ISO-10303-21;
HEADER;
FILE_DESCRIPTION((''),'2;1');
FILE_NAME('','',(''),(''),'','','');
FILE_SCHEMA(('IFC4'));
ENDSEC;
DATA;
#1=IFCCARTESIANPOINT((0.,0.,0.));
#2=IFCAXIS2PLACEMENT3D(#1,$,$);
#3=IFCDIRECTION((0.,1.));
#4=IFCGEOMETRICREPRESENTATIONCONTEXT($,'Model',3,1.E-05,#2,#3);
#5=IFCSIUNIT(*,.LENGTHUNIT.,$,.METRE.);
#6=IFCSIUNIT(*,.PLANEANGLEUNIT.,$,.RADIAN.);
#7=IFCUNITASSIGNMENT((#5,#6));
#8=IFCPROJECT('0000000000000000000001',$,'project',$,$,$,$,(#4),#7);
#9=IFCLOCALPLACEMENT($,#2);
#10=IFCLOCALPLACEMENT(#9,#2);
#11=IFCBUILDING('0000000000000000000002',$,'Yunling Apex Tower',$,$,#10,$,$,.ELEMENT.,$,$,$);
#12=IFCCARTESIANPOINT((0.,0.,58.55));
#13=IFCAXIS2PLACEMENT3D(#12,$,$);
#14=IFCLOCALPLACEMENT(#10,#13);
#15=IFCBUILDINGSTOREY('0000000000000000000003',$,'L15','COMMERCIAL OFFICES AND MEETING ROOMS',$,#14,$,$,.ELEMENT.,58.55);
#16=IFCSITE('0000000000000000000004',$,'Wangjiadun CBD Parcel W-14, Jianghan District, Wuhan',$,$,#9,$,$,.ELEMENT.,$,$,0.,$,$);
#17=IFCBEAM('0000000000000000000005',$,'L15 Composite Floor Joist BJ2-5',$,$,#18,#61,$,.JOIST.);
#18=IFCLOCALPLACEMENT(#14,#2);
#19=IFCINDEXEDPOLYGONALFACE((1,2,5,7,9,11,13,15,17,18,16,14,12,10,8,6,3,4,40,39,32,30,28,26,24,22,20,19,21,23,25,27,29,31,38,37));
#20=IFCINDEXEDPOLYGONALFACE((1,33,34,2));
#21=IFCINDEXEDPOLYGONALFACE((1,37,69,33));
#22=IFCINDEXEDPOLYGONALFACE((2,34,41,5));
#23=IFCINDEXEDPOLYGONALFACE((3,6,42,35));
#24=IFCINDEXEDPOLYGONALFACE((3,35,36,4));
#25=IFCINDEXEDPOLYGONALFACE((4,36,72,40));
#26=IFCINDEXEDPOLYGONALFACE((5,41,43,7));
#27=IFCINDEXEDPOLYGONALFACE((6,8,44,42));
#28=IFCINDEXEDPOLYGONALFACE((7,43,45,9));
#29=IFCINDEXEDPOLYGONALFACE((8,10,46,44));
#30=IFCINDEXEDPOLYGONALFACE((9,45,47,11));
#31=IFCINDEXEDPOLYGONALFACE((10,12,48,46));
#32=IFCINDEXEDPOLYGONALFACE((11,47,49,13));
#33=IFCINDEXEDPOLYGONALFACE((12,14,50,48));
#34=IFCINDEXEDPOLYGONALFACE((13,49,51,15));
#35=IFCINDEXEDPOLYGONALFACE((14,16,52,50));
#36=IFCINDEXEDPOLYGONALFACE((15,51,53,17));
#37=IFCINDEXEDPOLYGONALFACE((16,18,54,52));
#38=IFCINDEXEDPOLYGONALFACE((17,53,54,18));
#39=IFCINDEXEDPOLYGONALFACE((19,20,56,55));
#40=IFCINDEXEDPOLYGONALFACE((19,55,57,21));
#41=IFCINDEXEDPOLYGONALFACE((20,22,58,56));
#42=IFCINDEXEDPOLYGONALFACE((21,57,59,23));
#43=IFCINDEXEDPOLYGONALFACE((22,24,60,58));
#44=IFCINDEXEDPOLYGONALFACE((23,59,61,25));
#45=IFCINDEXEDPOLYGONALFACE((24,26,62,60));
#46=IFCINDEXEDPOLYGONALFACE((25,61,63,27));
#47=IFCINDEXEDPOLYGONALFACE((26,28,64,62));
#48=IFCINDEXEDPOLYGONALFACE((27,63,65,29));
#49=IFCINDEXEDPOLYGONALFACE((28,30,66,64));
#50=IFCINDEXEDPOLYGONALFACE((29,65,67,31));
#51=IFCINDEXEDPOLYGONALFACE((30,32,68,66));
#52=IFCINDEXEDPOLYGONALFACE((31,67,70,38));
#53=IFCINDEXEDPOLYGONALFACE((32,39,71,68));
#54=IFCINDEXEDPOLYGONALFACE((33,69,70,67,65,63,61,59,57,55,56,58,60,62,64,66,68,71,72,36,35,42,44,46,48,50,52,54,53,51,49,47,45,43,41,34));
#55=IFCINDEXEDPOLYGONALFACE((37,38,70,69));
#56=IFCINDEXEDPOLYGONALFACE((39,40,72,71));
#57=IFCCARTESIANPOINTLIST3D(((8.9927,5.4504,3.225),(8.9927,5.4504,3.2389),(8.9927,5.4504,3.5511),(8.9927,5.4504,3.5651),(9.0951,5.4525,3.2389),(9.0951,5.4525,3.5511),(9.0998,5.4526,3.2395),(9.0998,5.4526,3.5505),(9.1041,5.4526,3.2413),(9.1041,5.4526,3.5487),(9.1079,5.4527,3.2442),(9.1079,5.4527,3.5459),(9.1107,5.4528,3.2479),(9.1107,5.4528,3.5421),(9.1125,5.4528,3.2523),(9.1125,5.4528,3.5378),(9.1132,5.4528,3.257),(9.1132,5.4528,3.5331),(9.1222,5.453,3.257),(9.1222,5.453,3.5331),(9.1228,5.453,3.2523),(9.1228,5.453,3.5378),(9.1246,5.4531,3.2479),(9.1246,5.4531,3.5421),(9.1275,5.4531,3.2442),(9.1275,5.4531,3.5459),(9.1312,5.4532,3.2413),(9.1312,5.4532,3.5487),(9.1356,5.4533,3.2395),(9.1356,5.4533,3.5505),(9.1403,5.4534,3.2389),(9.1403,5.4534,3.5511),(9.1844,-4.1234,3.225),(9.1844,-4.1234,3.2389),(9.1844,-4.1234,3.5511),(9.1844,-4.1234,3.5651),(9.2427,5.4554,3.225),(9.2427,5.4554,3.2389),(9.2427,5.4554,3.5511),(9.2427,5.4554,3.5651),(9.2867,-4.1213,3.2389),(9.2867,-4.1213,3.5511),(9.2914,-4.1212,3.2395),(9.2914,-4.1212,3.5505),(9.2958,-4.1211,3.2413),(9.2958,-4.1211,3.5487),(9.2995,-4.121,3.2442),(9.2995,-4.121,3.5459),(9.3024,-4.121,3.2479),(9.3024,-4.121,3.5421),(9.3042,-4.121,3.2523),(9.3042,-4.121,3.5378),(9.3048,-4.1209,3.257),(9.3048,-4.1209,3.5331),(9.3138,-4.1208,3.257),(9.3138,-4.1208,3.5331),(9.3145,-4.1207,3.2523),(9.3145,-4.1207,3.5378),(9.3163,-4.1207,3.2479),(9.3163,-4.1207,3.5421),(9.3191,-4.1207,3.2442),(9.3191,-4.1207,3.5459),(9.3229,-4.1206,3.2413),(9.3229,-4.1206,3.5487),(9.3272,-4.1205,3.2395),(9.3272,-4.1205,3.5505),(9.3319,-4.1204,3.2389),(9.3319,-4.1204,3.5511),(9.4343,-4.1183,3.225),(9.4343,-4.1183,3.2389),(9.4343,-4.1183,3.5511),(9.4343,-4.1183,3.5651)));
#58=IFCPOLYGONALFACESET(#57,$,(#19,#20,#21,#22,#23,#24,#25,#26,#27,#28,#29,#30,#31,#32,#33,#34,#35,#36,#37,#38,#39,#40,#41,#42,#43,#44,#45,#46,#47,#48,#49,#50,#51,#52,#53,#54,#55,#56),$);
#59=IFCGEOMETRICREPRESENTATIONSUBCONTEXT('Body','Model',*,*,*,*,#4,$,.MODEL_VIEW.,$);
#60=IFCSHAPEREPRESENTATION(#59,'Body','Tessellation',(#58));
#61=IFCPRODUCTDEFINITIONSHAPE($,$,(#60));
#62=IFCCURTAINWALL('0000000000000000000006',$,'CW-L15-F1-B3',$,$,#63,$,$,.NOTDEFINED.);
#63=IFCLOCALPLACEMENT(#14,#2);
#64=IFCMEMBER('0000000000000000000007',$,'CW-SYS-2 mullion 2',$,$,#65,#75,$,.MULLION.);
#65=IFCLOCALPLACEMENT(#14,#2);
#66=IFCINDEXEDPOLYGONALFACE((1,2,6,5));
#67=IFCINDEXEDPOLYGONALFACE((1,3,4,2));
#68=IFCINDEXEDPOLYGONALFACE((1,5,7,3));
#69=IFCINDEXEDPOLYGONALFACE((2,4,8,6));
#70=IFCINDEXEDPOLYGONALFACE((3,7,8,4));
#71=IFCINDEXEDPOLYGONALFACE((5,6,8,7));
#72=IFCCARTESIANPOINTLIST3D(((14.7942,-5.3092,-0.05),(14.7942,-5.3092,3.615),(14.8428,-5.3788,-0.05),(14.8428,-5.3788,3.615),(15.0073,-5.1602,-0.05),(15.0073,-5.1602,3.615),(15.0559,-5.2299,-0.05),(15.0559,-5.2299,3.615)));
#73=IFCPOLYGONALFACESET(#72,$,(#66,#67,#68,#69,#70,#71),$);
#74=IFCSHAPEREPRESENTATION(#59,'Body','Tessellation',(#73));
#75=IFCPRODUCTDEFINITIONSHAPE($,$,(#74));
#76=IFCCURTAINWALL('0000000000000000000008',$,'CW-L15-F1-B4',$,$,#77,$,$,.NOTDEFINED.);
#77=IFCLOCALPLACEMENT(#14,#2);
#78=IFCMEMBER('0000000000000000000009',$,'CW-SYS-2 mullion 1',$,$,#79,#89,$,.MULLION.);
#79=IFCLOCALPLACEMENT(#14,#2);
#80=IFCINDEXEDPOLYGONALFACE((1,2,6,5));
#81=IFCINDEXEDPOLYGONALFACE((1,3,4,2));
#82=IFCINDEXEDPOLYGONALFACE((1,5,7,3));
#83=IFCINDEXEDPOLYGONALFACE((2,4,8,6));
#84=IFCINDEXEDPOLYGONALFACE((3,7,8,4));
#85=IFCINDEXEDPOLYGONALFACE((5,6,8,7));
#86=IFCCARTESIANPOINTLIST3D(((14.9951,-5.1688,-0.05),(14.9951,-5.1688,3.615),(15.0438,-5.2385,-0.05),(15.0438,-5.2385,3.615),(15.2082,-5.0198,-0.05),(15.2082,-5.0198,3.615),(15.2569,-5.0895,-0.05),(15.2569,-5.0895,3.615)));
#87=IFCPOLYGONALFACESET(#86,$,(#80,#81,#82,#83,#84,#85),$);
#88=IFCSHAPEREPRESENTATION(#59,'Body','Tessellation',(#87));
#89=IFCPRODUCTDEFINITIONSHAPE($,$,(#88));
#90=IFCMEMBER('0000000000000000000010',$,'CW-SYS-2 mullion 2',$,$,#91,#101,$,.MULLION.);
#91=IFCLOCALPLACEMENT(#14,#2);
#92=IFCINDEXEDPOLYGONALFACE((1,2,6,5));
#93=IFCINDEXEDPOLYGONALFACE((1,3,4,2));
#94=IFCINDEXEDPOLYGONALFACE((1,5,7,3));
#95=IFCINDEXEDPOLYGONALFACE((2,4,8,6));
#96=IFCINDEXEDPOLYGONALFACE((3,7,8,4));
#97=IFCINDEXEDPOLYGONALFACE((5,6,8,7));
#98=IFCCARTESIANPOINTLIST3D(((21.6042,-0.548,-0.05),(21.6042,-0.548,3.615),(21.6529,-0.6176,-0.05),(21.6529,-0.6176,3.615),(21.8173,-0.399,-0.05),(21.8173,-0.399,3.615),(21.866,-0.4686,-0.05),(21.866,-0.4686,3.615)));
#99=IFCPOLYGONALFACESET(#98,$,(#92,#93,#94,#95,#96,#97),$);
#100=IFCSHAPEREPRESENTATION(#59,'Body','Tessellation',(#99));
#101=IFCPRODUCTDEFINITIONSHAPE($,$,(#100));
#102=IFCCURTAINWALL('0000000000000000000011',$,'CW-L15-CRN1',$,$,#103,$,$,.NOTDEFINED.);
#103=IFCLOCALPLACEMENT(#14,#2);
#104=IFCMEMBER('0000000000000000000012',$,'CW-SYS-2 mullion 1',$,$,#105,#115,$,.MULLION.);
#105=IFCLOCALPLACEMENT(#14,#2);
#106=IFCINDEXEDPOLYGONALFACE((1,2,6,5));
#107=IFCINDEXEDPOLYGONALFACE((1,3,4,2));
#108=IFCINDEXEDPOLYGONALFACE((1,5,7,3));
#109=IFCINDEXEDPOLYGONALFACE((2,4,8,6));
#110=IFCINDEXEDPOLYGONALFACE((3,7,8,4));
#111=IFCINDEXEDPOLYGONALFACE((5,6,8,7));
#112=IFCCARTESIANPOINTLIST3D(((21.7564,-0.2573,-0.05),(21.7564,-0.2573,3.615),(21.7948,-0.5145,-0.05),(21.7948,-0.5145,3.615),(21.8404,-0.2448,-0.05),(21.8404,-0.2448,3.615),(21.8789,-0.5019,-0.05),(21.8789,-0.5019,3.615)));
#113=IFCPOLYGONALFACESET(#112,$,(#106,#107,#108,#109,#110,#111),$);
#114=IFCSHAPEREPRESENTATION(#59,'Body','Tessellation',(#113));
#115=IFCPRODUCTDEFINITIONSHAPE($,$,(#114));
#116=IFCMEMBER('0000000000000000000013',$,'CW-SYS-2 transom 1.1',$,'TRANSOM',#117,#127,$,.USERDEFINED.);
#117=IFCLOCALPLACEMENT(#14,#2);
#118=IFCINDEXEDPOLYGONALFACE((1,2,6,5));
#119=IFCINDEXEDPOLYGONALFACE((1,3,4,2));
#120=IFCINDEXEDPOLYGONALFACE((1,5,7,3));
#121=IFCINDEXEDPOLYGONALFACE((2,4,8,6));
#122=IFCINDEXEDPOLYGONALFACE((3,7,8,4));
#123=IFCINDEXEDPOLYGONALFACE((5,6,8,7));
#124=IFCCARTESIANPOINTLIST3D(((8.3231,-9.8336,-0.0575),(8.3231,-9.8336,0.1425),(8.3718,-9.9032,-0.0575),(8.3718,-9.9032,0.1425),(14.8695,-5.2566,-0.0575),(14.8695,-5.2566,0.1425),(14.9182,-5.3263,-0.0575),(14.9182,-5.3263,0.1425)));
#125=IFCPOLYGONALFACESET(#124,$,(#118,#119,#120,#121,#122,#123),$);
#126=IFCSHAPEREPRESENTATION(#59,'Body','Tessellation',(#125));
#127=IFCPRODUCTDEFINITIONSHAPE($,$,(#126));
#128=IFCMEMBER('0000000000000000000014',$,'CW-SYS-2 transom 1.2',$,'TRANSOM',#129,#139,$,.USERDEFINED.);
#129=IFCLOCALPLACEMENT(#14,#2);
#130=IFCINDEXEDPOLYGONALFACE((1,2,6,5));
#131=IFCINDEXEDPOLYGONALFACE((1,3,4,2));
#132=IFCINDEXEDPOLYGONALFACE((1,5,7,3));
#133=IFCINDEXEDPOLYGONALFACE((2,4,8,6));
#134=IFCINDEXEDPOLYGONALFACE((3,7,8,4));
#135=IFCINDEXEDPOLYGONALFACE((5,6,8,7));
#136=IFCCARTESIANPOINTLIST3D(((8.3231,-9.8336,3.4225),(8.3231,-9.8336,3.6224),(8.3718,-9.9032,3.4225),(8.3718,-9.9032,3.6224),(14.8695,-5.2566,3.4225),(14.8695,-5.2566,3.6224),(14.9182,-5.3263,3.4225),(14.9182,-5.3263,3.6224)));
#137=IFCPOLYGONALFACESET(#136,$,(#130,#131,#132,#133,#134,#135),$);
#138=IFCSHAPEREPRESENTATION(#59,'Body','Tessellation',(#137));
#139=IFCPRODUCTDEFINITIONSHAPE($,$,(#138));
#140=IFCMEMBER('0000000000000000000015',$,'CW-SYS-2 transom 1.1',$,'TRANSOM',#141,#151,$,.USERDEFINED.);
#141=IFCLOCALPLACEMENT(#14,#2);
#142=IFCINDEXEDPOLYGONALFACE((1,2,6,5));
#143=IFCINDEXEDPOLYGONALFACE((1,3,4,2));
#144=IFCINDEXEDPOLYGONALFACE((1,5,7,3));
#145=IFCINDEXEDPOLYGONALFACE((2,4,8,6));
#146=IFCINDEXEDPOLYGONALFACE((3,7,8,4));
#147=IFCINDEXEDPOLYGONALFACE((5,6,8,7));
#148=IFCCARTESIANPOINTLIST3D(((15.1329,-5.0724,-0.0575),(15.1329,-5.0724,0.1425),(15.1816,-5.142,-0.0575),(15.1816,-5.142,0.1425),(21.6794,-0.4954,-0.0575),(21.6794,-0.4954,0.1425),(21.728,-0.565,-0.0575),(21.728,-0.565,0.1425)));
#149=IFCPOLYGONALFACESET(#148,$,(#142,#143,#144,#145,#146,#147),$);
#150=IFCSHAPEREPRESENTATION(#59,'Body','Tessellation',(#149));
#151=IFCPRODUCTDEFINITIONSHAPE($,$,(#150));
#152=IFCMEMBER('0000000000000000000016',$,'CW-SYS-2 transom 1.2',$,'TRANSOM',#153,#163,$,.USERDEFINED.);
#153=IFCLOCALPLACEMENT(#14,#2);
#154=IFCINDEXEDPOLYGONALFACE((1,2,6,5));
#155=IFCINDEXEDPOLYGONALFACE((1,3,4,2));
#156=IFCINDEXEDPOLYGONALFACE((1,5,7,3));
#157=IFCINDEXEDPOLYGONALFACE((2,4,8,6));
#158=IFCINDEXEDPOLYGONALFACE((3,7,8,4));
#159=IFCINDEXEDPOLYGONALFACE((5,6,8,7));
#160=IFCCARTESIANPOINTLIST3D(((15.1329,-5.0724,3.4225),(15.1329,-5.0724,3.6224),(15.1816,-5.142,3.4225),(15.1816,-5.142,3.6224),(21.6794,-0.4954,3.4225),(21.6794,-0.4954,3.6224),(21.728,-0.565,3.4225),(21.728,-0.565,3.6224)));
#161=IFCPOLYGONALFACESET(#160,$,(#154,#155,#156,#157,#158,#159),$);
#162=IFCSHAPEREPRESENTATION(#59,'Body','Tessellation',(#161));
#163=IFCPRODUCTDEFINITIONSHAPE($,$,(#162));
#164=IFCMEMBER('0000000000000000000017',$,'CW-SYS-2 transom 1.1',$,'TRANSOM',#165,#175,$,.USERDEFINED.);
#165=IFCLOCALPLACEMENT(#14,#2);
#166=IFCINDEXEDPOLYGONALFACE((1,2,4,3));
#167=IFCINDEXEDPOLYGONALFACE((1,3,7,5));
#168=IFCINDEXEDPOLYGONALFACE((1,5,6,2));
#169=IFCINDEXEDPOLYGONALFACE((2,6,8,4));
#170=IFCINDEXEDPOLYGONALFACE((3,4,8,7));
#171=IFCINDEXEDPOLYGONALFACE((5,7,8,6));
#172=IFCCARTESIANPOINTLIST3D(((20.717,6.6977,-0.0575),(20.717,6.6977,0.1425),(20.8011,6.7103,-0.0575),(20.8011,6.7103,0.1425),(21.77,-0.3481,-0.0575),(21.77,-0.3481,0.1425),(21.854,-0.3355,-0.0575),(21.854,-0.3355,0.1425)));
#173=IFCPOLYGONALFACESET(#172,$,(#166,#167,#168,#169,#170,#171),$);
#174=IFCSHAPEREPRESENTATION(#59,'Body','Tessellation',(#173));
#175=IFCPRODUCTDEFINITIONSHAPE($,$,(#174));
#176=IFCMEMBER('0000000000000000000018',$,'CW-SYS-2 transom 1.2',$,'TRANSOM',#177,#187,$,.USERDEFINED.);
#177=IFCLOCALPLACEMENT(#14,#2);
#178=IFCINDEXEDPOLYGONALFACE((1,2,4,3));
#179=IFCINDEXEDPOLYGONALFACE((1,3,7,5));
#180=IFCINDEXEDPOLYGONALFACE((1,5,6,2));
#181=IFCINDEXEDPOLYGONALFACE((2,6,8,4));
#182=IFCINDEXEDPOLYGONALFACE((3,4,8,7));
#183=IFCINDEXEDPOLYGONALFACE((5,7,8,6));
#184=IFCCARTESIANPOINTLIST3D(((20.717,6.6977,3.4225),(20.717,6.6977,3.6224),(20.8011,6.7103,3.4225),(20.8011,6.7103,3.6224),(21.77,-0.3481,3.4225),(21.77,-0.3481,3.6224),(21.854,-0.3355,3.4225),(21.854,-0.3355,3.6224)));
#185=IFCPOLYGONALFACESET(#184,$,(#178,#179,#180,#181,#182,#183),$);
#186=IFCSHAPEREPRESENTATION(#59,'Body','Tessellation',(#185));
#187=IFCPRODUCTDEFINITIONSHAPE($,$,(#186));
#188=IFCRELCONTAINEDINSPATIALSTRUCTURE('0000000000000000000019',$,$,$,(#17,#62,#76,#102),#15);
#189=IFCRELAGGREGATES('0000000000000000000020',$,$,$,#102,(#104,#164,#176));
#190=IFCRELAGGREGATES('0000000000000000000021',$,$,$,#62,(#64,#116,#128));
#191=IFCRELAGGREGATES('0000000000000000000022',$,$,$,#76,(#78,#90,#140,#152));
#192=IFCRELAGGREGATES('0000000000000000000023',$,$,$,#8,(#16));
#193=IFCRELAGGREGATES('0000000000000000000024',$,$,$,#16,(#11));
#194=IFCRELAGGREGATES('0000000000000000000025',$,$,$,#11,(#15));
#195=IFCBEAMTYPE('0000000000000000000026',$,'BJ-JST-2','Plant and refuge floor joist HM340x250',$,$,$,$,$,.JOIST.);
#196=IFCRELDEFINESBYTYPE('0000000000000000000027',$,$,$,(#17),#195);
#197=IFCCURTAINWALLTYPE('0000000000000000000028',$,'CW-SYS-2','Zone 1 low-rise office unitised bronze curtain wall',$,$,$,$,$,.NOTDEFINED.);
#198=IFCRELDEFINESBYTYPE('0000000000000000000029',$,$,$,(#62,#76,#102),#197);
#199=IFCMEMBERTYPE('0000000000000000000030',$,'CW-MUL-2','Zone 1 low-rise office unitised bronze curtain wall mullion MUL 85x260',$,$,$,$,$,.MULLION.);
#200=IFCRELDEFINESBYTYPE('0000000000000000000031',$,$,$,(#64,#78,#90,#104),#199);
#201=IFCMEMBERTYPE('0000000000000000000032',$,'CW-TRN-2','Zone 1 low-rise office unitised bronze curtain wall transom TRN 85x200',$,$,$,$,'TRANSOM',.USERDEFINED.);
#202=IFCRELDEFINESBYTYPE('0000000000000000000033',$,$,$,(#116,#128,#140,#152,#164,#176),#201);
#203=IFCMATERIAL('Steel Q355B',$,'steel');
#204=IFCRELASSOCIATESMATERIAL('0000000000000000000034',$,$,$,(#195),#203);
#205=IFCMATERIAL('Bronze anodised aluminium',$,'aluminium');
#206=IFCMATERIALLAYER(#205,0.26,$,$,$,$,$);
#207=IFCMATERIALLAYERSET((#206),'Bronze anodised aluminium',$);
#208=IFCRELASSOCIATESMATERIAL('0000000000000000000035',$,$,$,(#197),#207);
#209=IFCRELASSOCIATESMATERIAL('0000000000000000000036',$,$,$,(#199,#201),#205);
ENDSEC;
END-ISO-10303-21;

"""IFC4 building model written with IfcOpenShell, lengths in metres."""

from ifc_helpers import new_model, si_unit, direction, frame, origin, origin_2d, place, context, subcontext, project, spatial, rectangle, i_section, extrude, source, transform, mapped, material, layer, layer_set, material_profile, profile_set, type_object, element, aggregate, save


model = new_model("IFC4")

# Units and contexts
model_context = context("Model", 3, precision=1e-05, world=origin(), true_north=direction((0.0, 1.0)))
body_context = subcontext(model_context, "Body", "Model", "MODEL_VIEW")
ifc_project = project(units=[si_unit("LENGTHUNIT", "METRE"), si_unit("PLANEANGLEUNIT", "RADIAN")], contexts=[model_context])

# Site, building, storey
site_placement = place(None, origin())
site = spatial("IfcSite", under=ifc_project, at=site_placement, Name="Wangjiadun CBD Parcel W-14, Jianghan District, Wuhan", CompositionType="ELEMENT", RefElevation=0.0)
building_placement = place(site_placement, origin())
building = spatial("IfcBuilding", under=site, at=building_placement, Name="Yunling Apex Tower", CompositionType="ELEMENT")
storey_placement = place(building_placement, frame((0.0, 0.0, 58.55)))
storey = spatial("IfcBuildingStorey", under=building, at=storey_placement, Name="L15", Description="COMMERCIAL OFFICES AND MEETING ROOMS", CompositionType="ELEMENT", Elevation=58.55)

# Beam
ifc_material_1 = material(Name="Steel Q355B", Category="steel")
ifc_material_profile_1 = material_profile(ifc_material_1, i_section(OverallWidth=0.25, OverallDepth=0.3401, WebThickness=0.009, FlangeThickness=0.0139, FilletRadius=0.0181, at=origin_2d()))
ifc_profile_set_1 = profile_set([ifc_material_profile_1], Name="Steel Q355B")
beam_type_1 = type_object("IfcBeamType", Name="BJ-JST-2", Description="Plant and refuge floor joist HM340x250", PredefinedType="JOIST", material=ifc_profile_set_1)
shared_shape_1 = source(origin(), body_context, "Body", "SweptSolid", [
    extrude(i_section(OverallWidth=0.25, OverallDepth=0.3401, WebThickness=0.009, FlangeThickness=0.0139, FilletRadius=0.0181, at=origin_2d()), origin(), (0.0, 0.0, 1.0), 9.5757),
])
beam_1_placement = place(storey_placement, frame((9.3093, -4.1208, 3.395), z_axis=(-0.020014, 0.9998, 0.0), x_axis=(-0.9998, -0.020014, 0.0)))
element("IfcBeam", 1, at=beam_1_placement, inside=storey, type_object=beam_type_1, Name="L15 Composite Floor Joist BJ2-5", PredefinedType="JOIST", context=body_context, shape_type="MappedRepresentation", body=[
    mapped(shared_shape_1, transform((0.0, 0.0, 0.0), scale=1.0)),
])

# Curtain wall, member
ifc_material_2 = material(Name="Bronze anodised aluminium", Category="aluminium")
ifc_layer_1 = layer(ifc_material_2, 0.26)
ifc_layer_set_1 = layer_set([ifc_layer_1], Name="Bronze anodised aluminium")
curtain_wall_type = type_object("IfcCurtainWallType", Name="CW-SYS-2", Description="Zone 1 low-rise office unitised bronze curtain wall", PredefinedType="NOTDEFINED", material=ifc_layer_set_1)
curtain_wall_1_placement = place(storey_placement, origin())
curtain_wall_1 = element("IfcCurtainWall", 2, at=curtain_wall_1_placement, inside=storey, type_object=curtain_wall_type, Name="CW-L15-F1-B3", PredefinedType="NOTDEFINED")
ifc_material_profile_2 = material_profile(ifc_material_2, rectangle(XDim=0.085, YDim=0.26, at=origin_2d()))
ifc_profile_set_2 = profile_set([ifc_material_profile_2], Name="Bronze anodised aluminium")
member_type_1 = type_object("IfcMemberType", Name="CW-MUL-2", Description="Zone 1 low-rise office unitised bronze curtain wall mullion MUL 85x260", PredefinedType="MULLION", material=ifc_profile_set_2)
shared_shape_2 = source(origin(), body_context, "Body", "SweptSolid", [
    extrude(rectangle(XDim=0.085, YDim=0.26, at=origin_2d()), origin(), (0.0, 0.0, 1.0), 3.665),
])
member_1_placement = place(storey_placement, frame((14.925, -5.2695, -0.05), z_axis=(0.0, 0.0, 1.0), x_axis=(-0.572996, 0.819558, 0.0)))
member_1 = element("IfcMember", 3, at=member_1_placement, type_object=member_type_1, Name="CW-SYS-2 mullion 2", PredefinedType="MULLION", context=body_context, shape_type="MappedRepresentation", body=[
    mapped(shared_shape_2, transform((0.0, 0.0, 0.0), scale=1.0)),
])

# Curtain wall, members
curtain_wall_2_placement = place(storey_placement, origin())
curtain_wall_2 = element("IfcCurtainWall", 4, at=curtain_wall_2_placement, inside=storey, type_object=curtain_wall_type, Name="CW-L15-F1-B4", PredefinedType="NOTDEFINED")
member_2_placement = place(storey_placement, frame((15.126, -5.1292, -0.05), z_axis=(0.0, 0.0, 1.0), x_axis=(-0.573004, 0.819552, 0.0)))
member_2 = element("IfcMember", 5, at=member_2_placement, type_object=member_type_1, Name="CW-SYS-2 mullion 1", PredefinedType="MULLION", context=body_context, shape_type="MappedRepresentation", body=[
    mapped(shared_shape_2, transform((0.0, 0.0, 0.0), scale=1.0)),
])
member_3_placement = place(storey_placement, frame((21.7351, -0.5083, -0.05), z_axis=(0.0, 0.0, 1.0), x_axis=(-0.573004, 0.819552, 0.0)))
member_3 = element("IfcMember", 6, at=member_3_placement, type_object=member_type_1, Name="CW-SYS-2 mullion 2", PredefinedType="MULLION", context=body_context, shape_type="MappedRepresentation", body=[
    mapped(shared_shape_2, transform((0.0, 0.0, 0.0), scale=1.0)),
])

# Curtain wall, member
curtain_wall_3_placement = place(storey_placement, origin())
curtain_wall_3 = element("IfcCurtainWall", 7, at=curtain_wall_3_placement, inside=storey, type_object=curtain_wall_type, Name="CW-L15-CRN1", PredefinedType="NOTDEFINED")
member_4_placement = place(storey_placement, frame((21.8176, -0.3796, -0.05), z_axis=(0.0, 0.0, 1.0), x_axis=(-0.989018, -0.147798, 0.0)))
member_4 = element("IfcMember", 8, at=member_4_placement, type_object=member_type_1, Name="CW-SYS-2 mullion 1", PredefinedType="MULLION", context=body_context, shape_type="MappedRepresentation", body=[
    mapped(shared_shape_2, transform((0.0, 0.0, 0.0), scale=1.0)),
])

# Members
ifc_material_profile_3 = material_profile(ifc_material_2, rectangle(XDim=0.085, YDim=0.2, at=origin_2d()))
ifc_profile_set_3 = profile_set([ifc_material_profile_3], Name="Bronze anodised aluminium")
member_type_2 = type_object("IfcMemberType", Name="CW-TRN-2", Description="Zone 1 low-rise office unitised bronze curtain wall transom TRN 85x200", ElementType="TRANSOM", PredefinedType="USERDEFINED", material=ifc_profile_set_3)
shared_shape_3 = source(origin(), body_context, "Body", "SweptSolid", [
    extrude(rectangle(XDim=0.085, YDim=0.2, at=origin_2d()), origin(), (0.0, 0.0, 1.0), 7.9878),
])
member_5_placement = place(storey_placement, frame((8.3474, -9.8684, 0.0425), z_axis=(0.819559, 0.572995, 0.0), x_axis=(-0.572995, 0.819559, 0.0)))
member_5 = element("IfcMember", 9, at=member_5_placement, type_object=member_type_2, Name="CW-SYS-2 transom 1.1", ObjectType="TRANSOM", PredefinedType="USERDEFINED", context=body_context, shape_type="MappedRepresentation", body=[
    mapped(shared_shape_3, transform((0.0, 0.0, 0.0), scale=1.0)),
])
member_6_placement = place(storey_placement, frame((8.3474, -9.8684, 3.5225), z_axis=(0.819559, 0.572995, 0.0), x_axis=(-0.572995, 0.819559, 0.0)))
member_6 = element("IfcMember", 10, at=member_6_placement, type_object=member_type_2, Name="CW-SYS-2 transom 1.2", ObjectType="TRANSOM", PredefinedType="USERDEFINED", context=body_context, shape_type="MappedRepresentation", body=[
    mapped(shared_shape_3, transform((0.0, 0.0, 0.0), scale=1.0)),
])
member_7_placement = place(storey_placement, frame((15.1572, -5.1072, 0.0425), z_axis=(0.819559, 0.572995, 0.0), x_axis=(-0.572995, 0.819559, 0.0)))
member_7 = element("IfcMember", 11, at=member_7_placement, type_object=member_type_2, Name="CW-SYS-2 transom 1.1", ObjectType="TRANSOM", PredefinedType="USERDEFINED", context=body_context, shape_type="MappedRepresentation", body=[
    mapped(shared_shape_3, transform((0.0, 0.0, 0.0), scale=1.0)),
])
member_8_placement = place(storey_placement, frame((15.1572, -5.1072, 3.5225), z_axis=(0.819559, 0.572995, 0.0), x_axis=(-0.572995, 0.819559, 0.0)))
member_8 = element("IfcMember", 12, at=member_8_placement, type_object=member_type_2, Name="CW-SYS-2 transom 1.2", ObjectType="TRANSOM", PredefinedType="USERDEFINED", context=body_context, shape_type="MappedRepresentation", body=[
    mapped(shared_shape_3, transform((0.0, 0.0, 0.0), scale=1.0)),
])
shared_shape_4 = source(origin(), body_context, "Body", "SweptSolid", [
    extrude(rectangle(XDim=0.085, YDim=0.2, at=origin_2d()), origin(), (0.0, 0.0, 1.0), 7.124),
])
member_9_placement = place(storey_placement, frame((21.812, -0.3418, 0.0425), z_axis=(-0.147804, 0.989017, 0.0), x_axis=(-0.989017, -0.147804, 0.0)))
member_9 = element("IfcMember", 13, at=member_9_placement, type_object=member_type_2, Name="CW-SYS-2 transom 1.1", ObjectType="TRANSOM", PredefinedType="USERDEFINED", context=body_context, shape_type="MappedRepresentation", body=[
    mapped(shared_shape_4, transform((0.0, 0.0, 0.0), scale=1.0)),
])
member_10_placement = place(storey_placement, frame((21.812, -0.3418, 3.5225), z_axis=(-0.147804, 0.989017, 0.0), x_axis=(-0.989017, -0.147804, 0.0)))
member_10 = element("IfcMember", 14, at=member_10_placement, type_object=member_type_2, Name="CW-SYS-2 transom 1.2", ObjectType="TRANSOM", PredefinedType="USERDEFINED", context=body_context, shape_type="MappedRepresentation", body=[
    mapped(shared_shape_4, transform((0.0, 0.0, 0.0), scale=1.0)),
])
aggregate(curtain_wall_3, [member_4, member_9, member_10])

aggregate(curtain_wall_1, [member_1, member_5, member_6])
aggregate(curtain_wall_2, [member_2, member_3, member_7, member_8])

save(model, "model.ifc")
